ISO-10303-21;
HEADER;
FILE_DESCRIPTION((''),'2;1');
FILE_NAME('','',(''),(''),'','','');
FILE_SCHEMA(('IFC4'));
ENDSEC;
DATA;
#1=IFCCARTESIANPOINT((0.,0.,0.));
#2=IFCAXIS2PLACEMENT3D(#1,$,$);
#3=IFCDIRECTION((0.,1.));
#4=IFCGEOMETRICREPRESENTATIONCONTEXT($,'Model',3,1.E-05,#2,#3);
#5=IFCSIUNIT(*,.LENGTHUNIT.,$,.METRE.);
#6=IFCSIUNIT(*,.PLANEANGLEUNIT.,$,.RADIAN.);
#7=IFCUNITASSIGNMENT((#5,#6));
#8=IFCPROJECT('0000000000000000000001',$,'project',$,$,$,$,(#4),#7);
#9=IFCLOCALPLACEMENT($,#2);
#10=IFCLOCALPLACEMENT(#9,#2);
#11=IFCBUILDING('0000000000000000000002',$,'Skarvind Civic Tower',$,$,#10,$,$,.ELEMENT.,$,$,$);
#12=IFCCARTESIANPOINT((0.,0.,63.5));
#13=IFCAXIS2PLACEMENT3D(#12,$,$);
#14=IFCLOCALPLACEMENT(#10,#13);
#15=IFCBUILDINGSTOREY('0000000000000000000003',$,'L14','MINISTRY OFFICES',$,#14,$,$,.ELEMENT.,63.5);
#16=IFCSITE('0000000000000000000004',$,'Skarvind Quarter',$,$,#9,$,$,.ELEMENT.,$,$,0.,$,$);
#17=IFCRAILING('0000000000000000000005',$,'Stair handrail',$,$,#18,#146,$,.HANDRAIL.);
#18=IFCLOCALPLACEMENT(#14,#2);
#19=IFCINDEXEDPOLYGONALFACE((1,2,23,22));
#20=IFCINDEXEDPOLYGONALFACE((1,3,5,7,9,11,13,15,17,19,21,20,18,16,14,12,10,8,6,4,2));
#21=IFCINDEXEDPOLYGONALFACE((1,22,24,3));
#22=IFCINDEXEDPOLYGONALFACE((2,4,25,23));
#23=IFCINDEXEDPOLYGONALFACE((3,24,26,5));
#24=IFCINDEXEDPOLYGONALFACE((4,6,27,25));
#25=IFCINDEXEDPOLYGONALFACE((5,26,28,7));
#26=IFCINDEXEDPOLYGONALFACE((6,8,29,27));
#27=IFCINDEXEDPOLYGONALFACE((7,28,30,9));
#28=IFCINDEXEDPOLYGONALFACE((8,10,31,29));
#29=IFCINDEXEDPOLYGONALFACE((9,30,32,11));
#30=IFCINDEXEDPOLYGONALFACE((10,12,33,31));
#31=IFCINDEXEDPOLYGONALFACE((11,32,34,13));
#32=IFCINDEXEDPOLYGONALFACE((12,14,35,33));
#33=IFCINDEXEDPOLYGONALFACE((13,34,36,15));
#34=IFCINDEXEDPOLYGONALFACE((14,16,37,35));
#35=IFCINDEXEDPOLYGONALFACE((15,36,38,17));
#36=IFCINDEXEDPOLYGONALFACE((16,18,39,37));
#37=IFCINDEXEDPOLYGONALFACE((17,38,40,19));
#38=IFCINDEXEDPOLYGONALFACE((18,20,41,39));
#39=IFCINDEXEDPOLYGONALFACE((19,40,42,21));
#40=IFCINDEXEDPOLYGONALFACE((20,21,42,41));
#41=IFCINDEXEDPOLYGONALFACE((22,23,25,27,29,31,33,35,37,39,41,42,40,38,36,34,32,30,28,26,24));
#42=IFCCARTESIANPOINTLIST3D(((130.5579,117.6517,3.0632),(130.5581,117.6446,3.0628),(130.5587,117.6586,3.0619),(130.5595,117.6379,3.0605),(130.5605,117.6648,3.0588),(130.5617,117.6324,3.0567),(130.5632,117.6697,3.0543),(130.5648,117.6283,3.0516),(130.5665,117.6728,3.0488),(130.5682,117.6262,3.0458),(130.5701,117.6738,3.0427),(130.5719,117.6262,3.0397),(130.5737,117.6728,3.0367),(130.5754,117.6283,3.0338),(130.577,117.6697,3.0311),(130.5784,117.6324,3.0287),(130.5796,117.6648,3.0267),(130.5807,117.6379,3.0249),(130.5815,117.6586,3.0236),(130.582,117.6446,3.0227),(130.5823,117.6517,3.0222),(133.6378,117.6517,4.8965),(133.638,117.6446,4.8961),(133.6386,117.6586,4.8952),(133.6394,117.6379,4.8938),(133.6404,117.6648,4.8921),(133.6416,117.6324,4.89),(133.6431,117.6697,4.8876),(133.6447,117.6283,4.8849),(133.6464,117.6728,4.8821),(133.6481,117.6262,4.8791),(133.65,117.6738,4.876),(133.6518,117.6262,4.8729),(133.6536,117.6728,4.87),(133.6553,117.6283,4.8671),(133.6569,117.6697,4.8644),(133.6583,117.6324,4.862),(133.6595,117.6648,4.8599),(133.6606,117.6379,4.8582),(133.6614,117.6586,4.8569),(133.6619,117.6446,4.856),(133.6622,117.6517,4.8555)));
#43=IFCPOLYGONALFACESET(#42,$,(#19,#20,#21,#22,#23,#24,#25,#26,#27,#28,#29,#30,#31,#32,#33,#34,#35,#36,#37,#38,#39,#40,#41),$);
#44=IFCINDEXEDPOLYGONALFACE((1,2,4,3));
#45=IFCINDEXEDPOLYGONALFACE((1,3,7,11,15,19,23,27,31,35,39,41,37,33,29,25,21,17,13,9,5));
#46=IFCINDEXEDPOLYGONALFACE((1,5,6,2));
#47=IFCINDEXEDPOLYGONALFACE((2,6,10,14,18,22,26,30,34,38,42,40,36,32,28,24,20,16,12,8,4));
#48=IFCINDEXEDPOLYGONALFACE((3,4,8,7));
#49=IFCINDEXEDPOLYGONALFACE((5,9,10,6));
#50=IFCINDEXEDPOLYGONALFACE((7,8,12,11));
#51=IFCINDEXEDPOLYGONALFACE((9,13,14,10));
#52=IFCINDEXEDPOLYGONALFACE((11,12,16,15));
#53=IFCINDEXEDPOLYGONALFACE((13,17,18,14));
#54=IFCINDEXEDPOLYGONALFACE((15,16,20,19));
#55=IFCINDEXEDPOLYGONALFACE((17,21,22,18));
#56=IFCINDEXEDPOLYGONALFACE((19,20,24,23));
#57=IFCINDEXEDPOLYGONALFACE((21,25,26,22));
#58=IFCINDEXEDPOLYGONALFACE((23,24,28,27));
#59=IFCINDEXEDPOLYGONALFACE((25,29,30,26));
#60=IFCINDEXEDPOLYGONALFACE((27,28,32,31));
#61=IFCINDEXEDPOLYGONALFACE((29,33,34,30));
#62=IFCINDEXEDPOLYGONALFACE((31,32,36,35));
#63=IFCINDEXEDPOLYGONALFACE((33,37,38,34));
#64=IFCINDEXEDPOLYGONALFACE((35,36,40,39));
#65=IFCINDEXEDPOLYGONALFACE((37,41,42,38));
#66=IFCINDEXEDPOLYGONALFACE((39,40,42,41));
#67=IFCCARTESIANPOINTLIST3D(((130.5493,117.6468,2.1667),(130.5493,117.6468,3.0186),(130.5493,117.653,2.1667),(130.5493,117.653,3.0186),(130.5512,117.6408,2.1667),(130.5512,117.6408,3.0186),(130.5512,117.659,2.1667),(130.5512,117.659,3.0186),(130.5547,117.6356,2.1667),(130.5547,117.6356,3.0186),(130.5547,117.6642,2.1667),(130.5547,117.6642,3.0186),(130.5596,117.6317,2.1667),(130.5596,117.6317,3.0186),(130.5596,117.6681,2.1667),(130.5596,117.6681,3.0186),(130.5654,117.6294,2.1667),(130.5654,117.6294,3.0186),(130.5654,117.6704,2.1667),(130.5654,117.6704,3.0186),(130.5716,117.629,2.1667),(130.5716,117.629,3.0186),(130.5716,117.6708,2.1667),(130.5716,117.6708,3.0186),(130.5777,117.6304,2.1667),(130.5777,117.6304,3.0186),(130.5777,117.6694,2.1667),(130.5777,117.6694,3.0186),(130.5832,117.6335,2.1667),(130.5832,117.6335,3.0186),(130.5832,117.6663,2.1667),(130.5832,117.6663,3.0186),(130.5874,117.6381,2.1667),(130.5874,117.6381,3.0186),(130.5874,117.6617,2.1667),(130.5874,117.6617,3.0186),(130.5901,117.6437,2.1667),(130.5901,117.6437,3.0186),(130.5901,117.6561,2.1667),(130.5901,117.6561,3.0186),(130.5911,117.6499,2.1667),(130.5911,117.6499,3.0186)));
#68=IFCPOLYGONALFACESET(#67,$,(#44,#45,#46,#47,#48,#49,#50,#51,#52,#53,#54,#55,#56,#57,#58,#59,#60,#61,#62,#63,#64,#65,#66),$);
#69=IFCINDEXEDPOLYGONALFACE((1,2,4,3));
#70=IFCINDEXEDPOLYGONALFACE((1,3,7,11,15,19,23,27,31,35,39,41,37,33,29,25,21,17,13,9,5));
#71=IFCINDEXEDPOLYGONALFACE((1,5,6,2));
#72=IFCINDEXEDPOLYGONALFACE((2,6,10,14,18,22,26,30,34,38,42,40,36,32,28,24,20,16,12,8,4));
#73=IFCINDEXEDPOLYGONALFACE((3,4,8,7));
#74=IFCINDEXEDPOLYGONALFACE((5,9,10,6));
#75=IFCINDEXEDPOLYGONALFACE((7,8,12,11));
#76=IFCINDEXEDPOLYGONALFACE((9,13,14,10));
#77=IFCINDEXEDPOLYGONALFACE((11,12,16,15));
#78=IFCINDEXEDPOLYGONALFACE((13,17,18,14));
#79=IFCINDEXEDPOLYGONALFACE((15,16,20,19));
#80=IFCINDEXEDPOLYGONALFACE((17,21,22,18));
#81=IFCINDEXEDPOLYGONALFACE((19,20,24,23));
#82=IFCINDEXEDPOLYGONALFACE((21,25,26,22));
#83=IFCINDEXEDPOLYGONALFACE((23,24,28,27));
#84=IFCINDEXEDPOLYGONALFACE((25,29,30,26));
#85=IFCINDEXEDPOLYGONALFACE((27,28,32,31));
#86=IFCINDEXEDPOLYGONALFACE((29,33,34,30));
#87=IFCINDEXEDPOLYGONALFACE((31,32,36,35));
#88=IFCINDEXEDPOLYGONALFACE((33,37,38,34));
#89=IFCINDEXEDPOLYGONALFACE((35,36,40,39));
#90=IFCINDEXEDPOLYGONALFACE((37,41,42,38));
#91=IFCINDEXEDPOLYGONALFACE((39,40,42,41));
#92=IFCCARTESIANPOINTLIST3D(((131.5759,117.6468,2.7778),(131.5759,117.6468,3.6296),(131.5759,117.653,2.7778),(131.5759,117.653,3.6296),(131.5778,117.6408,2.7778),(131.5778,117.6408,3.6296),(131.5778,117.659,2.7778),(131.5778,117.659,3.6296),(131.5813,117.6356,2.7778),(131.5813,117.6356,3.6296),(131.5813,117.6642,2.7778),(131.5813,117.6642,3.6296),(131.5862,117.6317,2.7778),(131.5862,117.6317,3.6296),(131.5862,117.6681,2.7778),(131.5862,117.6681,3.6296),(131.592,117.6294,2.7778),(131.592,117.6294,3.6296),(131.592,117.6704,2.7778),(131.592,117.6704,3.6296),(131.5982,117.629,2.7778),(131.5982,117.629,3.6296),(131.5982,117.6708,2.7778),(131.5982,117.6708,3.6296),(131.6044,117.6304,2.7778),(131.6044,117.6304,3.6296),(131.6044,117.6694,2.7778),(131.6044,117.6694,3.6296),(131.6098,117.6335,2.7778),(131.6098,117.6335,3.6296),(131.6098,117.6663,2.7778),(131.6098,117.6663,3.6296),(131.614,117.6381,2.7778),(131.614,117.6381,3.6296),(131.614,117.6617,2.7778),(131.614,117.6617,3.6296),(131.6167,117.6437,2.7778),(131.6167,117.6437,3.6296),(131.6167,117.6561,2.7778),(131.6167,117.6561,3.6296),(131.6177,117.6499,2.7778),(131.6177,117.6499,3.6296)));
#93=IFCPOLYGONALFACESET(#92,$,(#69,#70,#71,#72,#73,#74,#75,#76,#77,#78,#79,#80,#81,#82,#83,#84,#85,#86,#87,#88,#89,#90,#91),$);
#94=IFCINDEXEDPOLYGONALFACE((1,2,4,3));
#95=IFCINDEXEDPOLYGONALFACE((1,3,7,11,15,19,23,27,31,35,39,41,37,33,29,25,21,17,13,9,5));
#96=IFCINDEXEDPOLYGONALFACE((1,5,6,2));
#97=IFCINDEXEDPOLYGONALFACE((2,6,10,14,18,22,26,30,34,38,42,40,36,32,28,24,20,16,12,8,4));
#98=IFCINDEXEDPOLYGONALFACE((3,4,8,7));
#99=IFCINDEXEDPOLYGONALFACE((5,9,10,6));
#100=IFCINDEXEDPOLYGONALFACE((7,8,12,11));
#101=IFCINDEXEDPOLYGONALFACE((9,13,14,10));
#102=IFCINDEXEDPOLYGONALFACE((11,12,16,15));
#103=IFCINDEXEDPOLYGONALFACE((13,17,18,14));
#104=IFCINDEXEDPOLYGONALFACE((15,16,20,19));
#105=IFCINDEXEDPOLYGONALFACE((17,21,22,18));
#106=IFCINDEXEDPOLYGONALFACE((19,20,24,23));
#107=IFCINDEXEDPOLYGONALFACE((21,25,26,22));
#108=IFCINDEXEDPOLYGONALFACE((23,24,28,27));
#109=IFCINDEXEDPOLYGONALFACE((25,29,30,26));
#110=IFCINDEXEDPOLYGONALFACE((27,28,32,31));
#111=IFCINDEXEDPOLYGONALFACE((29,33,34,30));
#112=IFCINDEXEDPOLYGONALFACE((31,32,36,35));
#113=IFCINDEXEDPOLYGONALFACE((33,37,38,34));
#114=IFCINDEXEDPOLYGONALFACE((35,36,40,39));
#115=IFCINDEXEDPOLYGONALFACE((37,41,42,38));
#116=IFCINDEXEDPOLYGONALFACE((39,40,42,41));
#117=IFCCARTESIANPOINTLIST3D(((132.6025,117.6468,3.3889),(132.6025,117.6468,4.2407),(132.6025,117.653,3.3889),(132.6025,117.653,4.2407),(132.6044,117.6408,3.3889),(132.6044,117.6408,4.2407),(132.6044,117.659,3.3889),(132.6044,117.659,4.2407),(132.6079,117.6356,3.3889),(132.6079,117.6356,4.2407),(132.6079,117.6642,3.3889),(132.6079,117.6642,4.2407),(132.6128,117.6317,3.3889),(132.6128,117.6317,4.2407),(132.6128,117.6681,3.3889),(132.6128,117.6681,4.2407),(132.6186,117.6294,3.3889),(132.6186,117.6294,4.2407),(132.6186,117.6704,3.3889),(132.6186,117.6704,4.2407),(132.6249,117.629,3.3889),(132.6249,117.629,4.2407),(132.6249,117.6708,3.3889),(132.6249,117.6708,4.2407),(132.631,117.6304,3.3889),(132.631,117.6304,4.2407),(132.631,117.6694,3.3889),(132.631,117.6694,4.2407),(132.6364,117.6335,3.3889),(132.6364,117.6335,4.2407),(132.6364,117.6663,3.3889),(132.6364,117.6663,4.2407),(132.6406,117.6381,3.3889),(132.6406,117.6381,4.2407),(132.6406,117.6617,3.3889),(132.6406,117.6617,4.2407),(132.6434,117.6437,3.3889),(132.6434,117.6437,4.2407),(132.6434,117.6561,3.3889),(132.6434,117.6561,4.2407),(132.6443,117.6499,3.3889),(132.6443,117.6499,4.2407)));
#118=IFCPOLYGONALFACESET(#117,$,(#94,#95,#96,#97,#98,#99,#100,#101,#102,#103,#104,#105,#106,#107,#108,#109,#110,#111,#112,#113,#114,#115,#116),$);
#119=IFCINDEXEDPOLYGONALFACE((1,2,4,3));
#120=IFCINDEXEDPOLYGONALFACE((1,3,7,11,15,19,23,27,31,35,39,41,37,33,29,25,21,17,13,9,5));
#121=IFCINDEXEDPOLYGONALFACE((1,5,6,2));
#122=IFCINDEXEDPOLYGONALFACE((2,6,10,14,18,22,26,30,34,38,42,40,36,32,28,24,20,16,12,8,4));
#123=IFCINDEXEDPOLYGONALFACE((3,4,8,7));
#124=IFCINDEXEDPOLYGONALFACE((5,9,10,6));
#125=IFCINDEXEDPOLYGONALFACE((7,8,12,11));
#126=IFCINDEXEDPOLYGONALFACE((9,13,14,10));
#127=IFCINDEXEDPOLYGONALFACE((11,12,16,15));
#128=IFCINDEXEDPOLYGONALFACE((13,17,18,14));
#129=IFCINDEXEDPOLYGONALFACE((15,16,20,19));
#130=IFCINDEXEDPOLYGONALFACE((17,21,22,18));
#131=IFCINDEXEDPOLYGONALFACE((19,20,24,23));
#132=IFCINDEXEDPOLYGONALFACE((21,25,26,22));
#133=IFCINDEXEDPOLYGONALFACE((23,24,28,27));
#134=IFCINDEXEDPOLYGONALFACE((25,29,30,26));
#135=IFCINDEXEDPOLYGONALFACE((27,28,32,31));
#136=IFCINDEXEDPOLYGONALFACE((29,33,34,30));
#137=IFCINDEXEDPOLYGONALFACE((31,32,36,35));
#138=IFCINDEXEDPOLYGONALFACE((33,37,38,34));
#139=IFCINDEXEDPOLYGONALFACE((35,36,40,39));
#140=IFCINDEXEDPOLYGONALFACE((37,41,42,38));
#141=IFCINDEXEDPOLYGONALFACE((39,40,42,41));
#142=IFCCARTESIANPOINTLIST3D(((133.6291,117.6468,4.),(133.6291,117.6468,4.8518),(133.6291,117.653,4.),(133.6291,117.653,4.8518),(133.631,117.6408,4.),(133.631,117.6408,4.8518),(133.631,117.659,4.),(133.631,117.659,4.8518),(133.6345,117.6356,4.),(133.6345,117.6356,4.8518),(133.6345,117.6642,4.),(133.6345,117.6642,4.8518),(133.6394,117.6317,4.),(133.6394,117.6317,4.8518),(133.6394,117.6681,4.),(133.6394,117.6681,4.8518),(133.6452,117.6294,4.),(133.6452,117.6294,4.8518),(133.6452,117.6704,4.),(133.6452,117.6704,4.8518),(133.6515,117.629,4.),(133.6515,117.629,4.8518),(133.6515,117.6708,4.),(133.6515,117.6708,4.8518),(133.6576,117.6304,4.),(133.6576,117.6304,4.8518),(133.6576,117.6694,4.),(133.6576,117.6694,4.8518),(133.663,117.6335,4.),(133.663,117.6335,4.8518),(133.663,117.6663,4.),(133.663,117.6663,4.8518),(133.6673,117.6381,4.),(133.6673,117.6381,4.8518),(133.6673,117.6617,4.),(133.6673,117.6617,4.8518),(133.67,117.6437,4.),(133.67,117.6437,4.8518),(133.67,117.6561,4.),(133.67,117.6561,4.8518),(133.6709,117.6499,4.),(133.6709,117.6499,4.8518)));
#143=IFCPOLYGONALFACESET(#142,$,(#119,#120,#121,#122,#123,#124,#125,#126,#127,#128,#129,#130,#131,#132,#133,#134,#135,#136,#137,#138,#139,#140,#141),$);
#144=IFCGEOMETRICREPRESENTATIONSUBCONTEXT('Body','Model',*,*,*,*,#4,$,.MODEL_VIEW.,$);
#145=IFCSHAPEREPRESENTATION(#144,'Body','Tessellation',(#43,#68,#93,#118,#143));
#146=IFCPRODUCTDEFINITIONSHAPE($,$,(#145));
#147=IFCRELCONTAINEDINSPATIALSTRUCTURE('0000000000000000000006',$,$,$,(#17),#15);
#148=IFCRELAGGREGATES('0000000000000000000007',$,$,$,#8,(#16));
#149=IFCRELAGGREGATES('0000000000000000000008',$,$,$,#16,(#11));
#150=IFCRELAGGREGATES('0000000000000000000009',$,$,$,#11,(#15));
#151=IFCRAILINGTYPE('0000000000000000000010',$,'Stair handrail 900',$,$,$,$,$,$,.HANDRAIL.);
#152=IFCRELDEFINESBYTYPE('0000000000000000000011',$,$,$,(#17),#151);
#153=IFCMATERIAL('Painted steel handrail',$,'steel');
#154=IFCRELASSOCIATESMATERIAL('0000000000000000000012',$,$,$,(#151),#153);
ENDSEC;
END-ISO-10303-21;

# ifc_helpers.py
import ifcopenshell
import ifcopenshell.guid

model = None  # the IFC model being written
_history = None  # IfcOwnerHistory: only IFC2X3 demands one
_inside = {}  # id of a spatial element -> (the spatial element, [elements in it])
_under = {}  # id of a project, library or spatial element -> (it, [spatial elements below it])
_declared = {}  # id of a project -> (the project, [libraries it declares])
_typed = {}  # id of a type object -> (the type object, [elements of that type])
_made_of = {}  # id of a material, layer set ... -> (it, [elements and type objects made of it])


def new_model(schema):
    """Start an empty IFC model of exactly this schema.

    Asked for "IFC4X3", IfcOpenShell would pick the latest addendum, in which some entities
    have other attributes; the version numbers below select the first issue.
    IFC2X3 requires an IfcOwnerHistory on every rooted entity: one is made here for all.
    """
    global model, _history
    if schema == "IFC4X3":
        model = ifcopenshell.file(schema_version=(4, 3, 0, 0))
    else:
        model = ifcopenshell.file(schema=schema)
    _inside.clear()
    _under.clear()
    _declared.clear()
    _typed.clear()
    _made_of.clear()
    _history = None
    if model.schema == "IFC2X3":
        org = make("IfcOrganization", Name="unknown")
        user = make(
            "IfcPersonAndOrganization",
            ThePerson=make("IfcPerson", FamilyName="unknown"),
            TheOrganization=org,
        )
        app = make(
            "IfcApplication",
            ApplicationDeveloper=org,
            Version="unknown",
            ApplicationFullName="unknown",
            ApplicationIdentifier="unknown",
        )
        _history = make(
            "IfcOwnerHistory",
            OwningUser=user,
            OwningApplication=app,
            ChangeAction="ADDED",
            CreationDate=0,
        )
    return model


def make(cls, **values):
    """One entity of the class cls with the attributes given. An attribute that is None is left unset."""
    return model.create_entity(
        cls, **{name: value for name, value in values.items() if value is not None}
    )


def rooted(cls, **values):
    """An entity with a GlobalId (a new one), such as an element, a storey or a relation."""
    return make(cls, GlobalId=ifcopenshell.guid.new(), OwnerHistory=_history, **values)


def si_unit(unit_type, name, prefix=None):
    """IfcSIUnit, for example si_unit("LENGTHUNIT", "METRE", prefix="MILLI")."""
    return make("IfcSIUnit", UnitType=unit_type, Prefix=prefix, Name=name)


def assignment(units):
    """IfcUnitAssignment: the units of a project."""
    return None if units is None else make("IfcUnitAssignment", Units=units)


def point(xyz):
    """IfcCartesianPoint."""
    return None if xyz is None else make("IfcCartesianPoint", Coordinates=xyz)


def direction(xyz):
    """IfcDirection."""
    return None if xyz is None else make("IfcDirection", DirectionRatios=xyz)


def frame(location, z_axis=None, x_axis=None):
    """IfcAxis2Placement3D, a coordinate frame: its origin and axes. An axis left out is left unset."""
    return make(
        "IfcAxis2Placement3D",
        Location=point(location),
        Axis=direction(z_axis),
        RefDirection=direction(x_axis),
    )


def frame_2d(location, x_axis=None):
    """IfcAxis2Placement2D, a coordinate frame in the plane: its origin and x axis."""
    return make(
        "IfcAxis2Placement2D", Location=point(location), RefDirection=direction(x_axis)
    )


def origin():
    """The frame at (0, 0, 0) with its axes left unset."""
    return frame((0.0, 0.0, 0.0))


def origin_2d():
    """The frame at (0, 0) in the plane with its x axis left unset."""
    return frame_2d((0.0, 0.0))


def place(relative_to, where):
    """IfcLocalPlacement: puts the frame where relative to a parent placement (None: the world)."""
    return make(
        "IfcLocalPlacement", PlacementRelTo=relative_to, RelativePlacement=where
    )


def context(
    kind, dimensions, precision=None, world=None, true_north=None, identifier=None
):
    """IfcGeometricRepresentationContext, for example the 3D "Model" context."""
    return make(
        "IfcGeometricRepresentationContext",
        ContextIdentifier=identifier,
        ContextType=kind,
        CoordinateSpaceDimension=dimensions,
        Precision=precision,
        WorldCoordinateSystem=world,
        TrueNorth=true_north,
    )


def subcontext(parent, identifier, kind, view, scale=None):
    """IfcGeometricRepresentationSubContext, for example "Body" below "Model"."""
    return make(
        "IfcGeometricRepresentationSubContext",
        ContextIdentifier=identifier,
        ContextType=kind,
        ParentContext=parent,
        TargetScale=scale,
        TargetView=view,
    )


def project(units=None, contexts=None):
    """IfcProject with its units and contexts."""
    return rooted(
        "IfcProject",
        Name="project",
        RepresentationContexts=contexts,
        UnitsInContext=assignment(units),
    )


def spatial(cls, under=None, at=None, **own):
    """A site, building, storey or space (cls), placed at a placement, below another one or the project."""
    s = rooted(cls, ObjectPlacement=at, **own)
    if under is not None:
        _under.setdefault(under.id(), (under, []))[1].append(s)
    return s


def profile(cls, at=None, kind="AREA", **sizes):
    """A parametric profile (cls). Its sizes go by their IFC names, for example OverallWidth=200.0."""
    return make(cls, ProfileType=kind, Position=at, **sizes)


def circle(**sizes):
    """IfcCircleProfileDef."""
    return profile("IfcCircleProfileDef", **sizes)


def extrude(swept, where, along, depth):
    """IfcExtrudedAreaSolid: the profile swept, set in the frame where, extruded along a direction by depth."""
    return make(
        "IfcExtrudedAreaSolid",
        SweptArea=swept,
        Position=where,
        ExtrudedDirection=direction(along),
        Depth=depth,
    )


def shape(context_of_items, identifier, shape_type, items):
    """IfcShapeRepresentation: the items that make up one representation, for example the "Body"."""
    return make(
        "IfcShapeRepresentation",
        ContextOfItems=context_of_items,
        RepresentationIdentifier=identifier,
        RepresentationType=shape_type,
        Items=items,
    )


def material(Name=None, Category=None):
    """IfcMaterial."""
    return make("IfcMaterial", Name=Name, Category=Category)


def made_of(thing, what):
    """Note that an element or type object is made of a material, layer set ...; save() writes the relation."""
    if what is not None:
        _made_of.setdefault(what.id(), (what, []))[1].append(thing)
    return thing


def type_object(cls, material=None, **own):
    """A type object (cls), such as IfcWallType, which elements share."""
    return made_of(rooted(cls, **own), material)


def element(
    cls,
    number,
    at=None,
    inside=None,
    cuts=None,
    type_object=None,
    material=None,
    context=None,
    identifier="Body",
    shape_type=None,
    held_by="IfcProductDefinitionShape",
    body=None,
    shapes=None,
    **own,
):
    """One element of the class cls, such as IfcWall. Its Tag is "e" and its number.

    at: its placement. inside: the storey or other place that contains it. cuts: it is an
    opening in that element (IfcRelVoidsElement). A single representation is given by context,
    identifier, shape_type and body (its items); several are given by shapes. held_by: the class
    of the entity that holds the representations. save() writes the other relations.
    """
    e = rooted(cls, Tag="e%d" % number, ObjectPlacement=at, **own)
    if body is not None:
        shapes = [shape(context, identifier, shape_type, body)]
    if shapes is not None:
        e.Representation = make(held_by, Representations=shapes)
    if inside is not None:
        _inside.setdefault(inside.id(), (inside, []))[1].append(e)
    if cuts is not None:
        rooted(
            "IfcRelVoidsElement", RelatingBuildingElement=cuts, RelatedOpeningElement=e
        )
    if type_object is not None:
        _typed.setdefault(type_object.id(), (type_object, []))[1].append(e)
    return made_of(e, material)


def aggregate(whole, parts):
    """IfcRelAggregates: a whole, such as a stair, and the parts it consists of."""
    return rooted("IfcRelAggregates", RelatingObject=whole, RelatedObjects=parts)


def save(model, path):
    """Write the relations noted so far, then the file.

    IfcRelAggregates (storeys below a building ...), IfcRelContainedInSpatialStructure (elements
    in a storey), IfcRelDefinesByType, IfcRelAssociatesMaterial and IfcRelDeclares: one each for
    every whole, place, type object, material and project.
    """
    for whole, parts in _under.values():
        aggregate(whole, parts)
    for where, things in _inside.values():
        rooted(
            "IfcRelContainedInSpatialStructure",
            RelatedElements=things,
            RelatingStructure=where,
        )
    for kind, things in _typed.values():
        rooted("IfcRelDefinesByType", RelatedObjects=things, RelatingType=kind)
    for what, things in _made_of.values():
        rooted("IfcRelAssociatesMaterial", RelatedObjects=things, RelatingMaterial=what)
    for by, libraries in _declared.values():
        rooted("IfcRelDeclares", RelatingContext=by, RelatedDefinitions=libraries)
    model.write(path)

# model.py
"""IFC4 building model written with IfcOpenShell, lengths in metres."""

from ifc_helpers import new_model, si_unit, direction, frame, origin, origin_2d, place, context, subcontext, project, spatial, circle, extrude, material, type_object, element, save


model = new_model("IFC4")

# Units and contexts
model_context = context("Model", 3, precision=1e-05, world=origin(), true_north=direction((0.0, 1.0)))
body_context = subcontext(model_context, "Body", "Model", "MODEL_VIEW")
ifc_project = project(units=[si_unit("LENGTHUNIT", "METRE"), si_unit("PLANEANGLEUNIT", "RADIAN")], contexts=[model_context])

# Site, building, storey
site_placement = place(None, origin())
site = spatial("IfcSite", under=ifc_project, at=site_placement, Name="Skarvind Quarter", CompositionType="ELEMENT", RefElevation=0.0)
building_placement = place(site_placement, origin())
building = spatial("IfcBuilding", under=site, at=building_placement, Name="Skarvind Civic Tower", CompositionType="ELEMENT")
storey_placement = place(building_placement, frame((0.0, 0.0, 63.5)))
storey = spatial("IfcBuildingStorey", under=building, at=storey_placement, Name="L14", Description="MINISTRY OFFICES", CompositionType="ELEMENT", Elevation=63.5)

# Railing
ifc_material_1 = material(Name="Painted steel handrail", Category="steel")
railing_type = type_object("IfcRailingType", Name="Stair handrail 900", PredefinedType="HANDRAIL", material=ifc_material_1)
railing_1_placement = place(storey_placement, frame((130.5701, 117.6499, 2.1667)))
element("IfcRailing", 1, at=railing_1_placement, inside=storey, type_object=railing_type, Name="Stair handrail", PredefinedType="HANDRAIL", context=body_context, shape_type="SweptSolid", body=[
    extrude(circle(Radius=0.0239, at=origin_2d()), frame((0.0, 0.0, 0.876), z_axis=(0.859291, 0.0, 0.511487), x_axis=(0.0, 1.0, 0.0)), (0.0, 0.0, 1.0), 3.5842),
    extrude(circle(Radius=0.021, at=origin_2d()), origin(), (0.0, 0.0, 1.0), 0.8518),
    extrude(circle(Radius=0.021, at=origin_2d()), frame((1.0266, 0.0, 0.6111)), (0.0, 0.0, 1.0), 0.8518),
    extrude(circle(Radius=0.021, at=origin_2d()), frame((2.0532, 0.0, 1.2222)), (0.0, 0.0, 1.0), 0.8518),
    extrude(circle(Radius=0.021, at=origin_2d()), frame((3.0798, 0.0, 1.8333)), (0.0, 0.0, 1.0), 0.8518),
])

save(model, "model.ifc")
